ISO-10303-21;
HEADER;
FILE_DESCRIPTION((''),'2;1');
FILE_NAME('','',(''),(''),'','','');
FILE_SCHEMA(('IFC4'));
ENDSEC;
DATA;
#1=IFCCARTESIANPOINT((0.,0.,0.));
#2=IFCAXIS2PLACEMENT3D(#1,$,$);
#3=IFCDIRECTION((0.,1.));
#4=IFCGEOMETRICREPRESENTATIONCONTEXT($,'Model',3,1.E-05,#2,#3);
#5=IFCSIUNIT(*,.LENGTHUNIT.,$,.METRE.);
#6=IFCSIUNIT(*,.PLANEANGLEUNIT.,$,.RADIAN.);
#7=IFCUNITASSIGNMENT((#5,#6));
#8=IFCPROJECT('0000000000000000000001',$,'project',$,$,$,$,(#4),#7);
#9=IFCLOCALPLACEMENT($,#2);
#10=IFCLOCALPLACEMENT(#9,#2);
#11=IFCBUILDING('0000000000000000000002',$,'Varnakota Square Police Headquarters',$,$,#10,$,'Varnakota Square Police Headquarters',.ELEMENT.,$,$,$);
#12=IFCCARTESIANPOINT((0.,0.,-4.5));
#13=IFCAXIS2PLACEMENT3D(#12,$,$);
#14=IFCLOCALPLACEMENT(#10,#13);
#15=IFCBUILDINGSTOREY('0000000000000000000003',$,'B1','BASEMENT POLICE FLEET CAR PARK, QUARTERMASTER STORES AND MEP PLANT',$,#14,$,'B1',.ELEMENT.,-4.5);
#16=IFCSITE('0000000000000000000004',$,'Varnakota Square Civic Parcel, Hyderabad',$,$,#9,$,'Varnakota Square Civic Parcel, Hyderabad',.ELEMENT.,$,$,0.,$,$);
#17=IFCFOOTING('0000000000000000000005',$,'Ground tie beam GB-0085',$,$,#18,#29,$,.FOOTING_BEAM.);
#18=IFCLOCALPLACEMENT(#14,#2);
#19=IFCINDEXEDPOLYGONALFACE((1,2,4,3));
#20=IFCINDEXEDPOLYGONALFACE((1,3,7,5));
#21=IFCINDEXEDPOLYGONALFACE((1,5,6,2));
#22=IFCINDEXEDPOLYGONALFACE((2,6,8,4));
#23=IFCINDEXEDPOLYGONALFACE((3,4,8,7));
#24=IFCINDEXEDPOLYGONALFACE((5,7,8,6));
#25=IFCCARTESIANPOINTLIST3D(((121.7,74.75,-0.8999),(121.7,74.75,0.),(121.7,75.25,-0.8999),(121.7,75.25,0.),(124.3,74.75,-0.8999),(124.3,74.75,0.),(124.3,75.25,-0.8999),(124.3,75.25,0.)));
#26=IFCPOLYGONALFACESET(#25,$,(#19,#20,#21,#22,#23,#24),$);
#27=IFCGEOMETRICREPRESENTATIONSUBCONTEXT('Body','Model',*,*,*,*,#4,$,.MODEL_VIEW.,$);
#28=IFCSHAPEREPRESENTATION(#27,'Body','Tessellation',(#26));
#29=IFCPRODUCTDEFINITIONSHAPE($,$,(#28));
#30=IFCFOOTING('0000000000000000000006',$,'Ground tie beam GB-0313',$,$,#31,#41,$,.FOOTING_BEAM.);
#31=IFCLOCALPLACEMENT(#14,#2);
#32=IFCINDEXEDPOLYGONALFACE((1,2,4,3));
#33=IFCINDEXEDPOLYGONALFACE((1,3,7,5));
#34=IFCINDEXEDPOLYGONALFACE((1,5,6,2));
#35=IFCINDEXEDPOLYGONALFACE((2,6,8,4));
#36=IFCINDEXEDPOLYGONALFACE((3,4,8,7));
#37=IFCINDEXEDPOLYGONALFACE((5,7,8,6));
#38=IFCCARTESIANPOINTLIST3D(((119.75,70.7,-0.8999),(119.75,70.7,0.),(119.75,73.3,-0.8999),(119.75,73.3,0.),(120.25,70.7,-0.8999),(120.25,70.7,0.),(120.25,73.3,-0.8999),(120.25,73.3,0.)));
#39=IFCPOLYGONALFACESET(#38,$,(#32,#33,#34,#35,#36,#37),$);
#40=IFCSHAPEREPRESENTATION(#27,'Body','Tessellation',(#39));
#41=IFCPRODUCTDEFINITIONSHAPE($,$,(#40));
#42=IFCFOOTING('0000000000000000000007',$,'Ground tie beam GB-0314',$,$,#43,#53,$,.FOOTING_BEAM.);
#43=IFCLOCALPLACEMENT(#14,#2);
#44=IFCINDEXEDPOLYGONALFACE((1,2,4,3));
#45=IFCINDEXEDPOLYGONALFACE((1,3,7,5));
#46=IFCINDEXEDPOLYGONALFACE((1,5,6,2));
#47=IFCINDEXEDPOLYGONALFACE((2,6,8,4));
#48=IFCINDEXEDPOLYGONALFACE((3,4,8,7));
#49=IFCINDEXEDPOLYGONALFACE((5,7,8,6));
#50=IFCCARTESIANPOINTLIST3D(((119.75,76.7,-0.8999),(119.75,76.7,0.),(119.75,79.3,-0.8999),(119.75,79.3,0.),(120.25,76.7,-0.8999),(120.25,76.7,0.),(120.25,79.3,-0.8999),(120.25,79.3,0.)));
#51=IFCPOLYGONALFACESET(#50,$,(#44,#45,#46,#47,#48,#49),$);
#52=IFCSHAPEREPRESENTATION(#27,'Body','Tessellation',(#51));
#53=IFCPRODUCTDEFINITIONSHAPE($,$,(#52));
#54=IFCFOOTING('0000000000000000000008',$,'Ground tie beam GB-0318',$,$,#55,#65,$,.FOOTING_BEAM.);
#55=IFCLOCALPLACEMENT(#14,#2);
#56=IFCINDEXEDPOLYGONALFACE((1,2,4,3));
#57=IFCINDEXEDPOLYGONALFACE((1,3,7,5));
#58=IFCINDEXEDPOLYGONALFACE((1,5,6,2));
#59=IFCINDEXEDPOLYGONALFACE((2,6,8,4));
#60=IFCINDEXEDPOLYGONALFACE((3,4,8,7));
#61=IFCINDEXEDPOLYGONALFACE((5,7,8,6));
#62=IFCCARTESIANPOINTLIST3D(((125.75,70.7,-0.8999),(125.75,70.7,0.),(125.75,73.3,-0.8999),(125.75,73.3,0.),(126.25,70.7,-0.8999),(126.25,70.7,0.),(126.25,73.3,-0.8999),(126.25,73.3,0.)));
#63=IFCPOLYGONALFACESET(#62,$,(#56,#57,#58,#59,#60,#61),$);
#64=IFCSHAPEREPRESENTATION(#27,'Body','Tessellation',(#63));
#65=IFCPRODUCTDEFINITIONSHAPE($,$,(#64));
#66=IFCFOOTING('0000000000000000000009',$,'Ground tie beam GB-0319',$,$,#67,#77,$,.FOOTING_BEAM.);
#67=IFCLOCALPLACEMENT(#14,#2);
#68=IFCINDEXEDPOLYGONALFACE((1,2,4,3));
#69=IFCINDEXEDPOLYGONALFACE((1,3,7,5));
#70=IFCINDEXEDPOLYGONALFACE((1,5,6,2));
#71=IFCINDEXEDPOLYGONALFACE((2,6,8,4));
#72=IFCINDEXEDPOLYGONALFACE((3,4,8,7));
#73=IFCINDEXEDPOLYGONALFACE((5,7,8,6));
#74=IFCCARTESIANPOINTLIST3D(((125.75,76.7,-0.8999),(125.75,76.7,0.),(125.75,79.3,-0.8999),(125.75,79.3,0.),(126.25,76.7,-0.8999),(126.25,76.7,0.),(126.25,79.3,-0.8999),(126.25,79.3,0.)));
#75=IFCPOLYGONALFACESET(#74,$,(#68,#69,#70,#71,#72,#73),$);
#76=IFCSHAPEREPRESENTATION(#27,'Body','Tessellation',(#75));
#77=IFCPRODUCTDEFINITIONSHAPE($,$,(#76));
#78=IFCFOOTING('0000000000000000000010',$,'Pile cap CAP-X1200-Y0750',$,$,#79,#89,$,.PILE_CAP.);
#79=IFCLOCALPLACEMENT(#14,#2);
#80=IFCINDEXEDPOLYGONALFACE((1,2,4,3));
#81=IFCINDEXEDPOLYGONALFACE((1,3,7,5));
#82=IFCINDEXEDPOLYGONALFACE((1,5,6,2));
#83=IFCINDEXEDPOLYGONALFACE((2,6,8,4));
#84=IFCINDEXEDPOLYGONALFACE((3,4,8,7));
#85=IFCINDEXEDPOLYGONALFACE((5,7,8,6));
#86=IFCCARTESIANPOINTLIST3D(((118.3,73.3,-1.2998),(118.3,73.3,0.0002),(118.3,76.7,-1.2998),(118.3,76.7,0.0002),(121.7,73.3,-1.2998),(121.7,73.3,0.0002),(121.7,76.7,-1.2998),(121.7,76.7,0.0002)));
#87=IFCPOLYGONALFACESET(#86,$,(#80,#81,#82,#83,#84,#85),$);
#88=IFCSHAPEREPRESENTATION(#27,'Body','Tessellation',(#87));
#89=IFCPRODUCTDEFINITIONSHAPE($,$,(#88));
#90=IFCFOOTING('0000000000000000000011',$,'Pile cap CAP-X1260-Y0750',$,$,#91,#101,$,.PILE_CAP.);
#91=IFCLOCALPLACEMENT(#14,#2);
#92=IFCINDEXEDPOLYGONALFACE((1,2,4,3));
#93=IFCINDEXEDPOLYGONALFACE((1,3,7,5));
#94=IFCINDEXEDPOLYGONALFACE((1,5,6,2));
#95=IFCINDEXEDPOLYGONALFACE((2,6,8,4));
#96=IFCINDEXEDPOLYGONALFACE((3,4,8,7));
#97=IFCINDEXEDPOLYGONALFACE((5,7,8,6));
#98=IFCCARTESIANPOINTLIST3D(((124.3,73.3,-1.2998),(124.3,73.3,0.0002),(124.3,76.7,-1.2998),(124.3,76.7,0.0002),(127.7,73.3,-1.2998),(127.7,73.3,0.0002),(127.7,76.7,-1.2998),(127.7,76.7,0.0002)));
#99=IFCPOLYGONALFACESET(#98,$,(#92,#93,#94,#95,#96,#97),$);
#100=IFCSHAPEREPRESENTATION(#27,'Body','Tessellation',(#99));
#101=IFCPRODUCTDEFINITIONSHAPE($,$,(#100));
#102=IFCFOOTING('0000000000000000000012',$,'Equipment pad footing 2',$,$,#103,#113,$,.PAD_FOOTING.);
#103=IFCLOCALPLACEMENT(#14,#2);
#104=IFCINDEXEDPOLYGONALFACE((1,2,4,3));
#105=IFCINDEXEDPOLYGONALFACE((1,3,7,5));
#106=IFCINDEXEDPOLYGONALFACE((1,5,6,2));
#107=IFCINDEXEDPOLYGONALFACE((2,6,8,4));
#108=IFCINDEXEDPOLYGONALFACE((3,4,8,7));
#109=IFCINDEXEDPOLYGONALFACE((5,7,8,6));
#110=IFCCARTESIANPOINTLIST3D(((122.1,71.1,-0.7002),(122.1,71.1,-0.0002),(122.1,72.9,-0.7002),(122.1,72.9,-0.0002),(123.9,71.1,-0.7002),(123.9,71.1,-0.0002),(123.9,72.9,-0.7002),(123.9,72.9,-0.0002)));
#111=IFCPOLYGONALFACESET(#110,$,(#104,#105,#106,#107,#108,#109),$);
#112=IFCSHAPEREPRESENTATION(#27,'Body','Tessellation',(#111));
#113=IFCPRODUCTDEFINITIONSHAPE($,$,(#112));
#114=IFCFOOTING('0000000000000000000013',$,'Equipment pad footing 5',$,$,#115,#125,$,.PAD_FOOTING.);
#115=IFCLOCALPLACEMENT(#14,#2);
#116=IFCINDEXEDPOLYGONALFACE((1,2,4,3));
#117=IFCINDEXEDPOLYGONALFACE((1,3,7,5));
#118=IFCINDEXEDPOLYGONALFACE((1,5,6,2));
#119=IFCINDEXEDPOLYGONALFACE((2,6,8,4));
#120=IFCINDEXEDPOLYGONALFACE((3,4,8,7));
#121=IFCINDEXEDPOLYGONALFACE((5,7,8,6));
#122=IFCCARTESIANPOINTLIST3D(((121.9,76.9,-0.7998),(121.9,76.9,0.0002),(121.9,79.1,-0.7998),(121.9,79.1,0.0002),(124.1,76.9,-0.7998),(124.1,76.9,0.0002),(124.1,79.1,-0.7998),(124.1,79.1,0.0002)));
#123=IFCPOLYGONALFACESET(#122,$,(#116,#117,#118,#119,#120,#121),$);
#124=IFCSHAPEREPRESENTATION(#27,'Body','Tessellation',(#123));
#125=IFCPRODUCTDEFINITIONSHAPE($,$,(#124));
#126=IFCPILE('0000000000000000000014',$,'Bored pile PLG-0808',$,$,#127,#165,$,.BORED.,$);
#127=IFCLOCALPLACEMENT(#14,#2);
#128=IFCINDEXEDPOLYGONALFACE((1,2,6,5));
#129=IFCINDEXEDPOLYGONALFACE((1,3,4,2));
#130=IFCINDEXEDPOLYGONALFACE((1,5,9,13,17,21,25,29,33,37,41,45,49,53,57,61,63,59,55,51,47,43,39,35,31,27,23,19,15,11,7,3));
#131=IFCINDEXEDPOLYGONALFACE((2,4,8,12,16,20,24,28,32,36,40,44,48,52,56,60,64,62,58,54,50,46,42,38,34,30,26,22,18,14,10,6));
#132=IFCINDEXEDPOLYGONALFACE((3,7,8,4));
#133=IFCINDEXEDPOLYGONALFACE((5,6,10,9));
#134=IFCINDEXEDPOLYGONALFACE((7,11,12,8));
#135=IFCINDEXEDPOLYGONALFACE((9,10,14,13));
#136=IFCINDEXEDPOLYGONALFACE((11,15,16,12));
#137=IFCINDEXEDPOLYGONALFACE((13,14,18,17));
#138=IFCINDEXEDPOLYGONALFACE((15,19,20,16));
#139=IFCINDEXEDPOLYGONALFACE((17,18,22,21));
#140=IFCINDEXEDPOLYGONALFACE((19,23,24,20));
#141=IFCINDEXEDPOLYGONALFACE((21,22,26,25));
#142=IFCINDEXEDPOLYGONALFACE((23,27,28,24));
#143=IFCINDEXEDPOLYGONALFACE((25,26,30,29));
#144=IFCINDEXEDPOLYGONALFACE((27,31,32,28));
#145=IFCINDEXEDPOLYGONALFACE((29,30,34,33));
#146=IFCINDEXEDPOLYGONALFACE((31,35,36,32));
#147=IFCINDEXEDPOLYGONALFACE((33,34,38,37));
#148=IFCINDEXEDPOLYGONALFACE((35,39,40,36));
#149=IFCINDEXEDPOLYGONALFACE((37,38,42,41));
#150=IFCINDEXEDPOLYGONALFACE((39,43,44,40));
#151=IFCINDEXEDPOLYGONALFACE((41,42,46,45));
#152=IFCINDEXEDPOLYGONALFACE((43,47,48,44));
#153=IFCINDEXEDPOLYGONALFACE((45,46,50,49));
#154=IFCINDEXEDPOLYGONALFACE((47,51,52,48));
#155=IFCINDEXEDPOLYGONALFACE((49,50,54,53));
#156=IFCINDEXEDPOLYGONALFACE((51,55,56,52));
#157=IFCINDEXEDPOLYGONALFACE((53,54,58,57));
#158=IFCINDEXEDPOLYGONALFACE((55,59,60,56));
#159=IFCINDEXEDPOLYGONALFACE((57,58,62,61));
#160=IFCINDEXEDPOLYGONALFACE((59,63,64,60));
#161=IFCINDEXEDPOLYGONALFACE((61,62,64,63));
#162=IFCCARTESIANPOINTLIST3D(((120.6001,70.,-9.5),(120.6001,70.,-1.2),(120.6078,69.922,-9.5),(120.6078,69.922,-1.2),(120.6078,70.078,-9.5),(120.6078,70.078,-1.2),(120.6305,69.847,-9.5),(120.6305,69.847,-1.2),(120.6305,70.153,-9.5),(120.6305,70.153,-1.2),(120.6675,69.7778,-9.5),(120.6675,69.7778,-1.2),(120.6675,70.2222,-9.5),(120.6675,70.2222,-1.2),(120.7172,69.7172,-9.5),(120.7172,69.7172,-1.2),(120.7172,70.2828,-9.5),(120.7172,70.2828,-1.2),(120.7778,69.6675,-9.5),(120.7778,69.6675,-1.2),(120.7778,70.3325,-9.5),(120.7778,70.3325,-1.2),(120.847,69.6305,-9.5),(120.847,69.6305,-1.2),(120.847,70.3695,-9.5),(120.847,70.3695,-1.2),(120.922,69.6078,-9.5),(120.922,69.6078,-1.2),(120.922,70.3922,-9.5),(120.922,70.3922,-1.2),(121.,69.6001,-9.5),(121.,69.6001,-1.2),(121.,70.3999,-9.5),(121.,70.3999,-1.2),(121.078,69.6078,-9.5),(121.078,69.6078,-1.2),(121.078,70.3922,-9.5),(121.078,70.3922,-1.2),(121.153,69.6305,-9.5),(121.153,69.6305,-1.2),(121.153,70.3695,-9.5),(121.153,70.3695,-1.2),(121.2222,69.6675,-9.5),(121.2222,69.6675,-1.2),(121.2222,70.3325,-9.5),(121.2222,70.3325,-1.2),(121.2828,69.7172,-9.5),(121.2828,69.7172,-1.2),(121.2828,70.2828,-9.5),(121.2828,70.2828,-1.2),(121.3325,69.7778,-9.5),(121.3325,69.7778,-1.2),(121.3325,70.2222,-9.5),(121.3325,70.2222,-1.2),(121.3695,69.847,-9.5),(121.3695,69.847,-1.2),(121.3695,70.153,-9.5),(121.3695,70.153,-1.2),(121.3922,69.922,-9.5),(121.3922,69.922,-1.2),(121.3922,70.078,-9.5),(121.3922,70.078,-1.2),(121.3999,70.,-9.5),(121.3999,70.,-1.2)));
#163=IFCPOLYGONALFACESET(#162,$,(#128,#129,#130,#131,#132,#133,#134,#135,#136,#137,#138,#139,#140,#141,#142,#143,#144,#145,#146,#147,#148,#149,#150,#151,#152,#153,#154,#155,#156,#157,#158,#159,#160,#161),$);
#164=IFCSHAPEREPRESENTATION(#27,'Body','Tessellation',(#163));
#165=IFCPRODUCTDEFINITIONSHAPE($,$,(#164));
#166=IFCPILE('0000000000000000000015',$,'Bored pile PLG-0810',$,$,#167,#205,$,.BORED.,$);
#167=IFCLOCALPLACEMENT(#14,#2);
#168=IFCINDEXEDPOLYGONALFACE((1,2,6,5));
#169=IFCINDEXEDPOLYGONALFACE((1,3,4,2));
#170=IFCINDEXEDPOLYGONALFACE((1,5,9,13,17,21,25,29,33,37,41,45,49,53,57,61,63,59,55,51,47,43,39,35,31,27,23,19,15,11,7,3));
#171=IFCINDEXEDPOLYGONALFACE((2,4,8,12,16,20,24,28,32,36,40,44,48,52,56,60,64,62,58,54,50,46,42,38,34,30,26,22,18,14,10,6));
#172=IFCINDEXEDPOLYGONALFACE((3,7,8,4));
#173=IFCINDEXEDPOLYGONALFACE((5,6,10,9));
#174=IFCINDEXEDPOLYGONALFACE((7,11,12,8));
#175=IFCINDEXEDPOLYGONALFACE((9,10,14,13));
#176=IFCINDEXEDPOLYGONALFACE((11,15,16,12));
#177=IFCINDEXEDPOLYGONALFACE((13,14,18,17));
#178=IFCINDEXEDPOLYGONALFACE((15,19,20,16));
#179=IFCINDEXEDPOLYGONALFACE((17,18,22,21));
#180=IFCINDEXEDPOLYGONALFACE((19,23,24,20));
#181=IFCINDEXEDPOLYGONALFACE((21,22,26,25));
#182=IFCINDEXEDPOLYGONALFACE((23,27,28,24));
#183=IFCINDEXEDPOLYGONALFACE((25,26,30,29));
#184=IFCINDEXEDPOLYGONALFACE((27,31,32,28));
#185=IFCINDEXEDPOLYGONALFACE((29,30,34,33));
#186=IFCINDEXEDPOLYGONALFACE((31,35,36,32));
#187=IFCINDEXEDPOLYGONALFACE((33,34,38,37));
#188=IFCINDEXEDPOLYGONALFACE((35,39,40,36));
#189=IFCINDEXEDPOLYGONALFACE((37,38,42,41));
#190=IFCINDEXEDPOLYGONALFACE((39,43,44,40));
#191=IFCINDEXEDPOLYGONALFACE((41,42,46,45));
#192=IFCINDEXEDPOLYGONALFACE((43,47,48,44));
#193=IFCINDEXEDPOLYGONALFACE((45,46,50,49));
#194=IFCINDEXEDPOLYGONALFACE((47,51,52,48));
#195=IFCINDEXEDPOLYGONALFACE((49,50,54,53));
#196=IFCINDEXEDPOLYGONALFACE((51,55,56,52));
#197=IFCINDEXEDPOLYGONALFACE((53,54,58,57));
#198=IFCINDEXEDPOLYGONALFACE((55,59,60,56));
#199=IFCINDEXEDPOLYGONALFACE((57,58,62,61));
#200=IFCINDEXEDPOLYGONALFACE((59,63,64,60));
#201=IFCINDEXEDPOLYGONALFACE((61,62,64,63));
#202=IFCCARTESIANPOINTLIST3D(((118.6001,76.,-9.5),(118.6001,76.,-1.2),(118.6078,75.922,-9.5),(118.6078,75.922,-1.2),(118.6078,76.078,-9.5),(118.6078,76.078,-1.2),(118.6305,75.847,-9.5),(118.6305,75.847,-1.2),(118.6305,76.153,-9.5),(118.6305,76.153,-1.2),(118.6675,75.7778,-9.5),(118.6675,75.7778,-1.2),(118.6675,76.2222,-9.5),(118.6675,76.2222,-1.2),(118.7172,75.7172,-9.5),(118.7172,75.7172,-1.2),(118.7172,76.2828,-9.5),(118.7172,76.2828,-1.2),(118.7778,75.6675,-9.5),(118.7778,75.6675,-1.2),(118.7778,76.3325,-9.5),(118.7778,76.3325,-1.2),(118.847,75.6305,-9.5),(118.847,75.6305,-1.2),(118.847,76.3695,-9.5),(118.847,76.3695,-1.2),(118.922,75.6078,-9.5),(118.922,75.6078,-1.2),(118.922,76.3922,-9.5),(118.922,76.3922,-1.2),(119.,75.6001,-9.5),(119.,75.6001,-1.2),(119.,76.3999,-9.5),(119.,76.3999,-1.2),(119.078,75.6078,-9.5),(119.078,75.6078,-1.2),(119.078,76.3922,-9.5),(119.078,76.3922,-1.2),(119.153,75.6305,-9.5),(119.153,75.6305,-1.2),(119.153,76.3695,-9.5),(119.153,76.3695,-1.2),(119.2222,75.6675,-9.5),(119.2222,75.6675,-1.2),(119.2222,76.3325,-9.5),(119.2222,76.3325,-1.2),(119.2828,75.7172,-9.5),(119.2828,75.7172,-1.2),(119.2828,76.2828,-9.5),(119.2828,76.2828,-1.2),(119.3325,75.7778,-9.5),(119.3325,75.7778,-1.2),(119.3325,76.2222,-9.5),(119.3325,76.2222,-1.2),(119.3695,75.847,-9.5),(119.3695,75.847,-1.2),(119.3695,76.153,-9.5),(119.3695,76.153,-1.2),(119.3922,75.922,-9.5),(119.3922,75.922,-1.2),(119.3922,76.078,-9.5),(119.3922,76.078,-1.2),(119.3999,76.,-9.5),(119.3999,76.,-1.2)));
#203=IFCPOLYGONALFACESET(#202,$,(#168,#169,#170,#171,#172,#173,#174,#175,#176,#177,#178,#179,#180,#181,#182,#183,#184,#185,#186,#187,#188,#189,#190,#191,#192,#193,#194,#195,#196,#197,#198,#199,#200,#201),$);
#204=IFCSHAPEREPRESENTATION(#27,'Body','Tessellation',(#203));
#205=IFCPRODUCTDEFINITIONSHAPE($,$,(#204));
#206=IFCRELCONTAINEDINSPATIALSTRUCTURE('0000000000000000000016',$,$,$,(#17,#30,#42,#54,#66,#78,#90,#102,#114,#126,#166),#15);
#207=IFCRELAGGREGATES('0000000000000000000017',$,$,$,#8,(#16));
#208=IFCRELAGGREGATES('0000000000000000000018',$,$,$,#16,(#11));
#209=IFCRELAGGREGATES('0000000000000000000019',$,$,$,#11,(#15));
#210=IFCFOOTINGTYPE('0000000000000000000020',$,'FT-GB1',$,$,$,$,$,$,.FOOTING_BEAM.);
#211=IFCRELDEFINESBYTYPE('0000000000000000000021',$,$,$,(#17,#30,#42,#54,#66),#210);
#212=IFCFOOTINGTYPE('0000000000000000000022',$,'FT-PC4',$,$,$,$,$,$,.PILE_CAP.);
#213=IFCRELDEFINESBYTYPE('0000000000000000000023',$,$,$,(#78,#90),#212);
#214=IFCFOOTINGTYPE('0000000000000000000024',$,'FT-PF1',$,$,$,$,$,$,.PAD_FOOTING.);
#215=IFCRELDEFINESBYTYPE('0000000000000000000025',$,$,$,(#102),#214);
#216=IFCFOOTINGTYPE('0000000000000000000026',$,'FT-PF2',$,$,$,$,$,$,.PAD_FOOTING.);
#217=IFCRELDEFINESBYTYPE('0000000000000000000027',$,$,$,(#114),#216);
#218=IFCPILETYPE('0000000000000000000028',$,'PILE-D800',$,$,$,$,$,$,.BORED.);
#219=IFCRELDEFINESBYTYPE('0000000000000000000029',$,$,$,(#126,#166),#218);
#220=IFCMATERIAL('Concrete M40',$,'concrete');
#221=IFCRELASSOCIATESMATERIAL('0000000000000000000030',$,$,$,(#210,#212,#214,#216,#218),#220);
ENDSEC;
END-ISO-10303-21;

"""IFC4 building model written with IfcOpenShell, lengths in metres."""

from ifc_helpers import new_model, si_unit, direction, frame, origin, origin_2d, place, context, subcontext, project, spatial, rectangle, circle, extrude, material, material_profile, profile_set, type_object, element, save


model = new_model("IFC4")

# Units and contexts
model_context = context("Model", 3, precision=1e-05, world=origin(), true_north=direction((0.0, 1.0)))
body_context = subcontext(model_context, "Body", "Model", "MODEL_VIEW")
ifc_project = project(units=[si_unit("LENGTHUNIT", "METRE"), si_unit("PLANEANGLEUNIT", "RADIAN")], contexts=[model_context])

# Site, building, storey
site_placement = place(None, origin())
site = spatial("IfcSite", under=ifc_project, at=site_placement, Name="Varnakota Square Civic Parcel, Hyderabad", LongName="Varnakota Square Civic Parcel, Hyderabad", CompositionType="ELEMENT", RefElevation=0.0)
building_placement = place(site_placement, origin())
building = spatial("IfcBuilding", under=site, at=building_placement, Name="Varnakota Square Police Headquarters", LongName="Varnakota Square Police Headquarters", CompositionType="ELEMENT")
storey_placement = place(building_placement, frame((0.0, 0.0, -4.5)))
storey = spatial("IfcBuildingStorey", under=building, at=storey_placement, Name="B1", Description="BASEMENT POLICE FLEET CAR PARK, QUARTERMASTER STORES AND MEP PLANT", LongName="B1", CompositionType="ELEMENT", Elevation=-4.5)

# Footings
ifc_material_1 = material(Name="Concrete M40", Category="concrete")
ifc_material_profile_1 = material_profile(ifc_material_1, rectangle(XDim=0.5, YDim=0.8999, at=origin_2d()), Name="GB 500x900")
ifc_profile_set_1 = profile_set([ifc_material_profile_1], Name="Concrete M40")
footing_type_1 = type_object("IfcFootingType", Name="FT-GB1", PredefinedType="FOOTING_BEAM", material=ifc_profile_set_1)
for number, where, z_axis, x_axis, name in (
    (1, (121.7, 75.0, -0.45), (1.0, 0.0, 0.0), (0.0, 1.0, 0.0), "Ground tie beam GB-0085"),
    (2, (120.0, 70.7, -0.45), (0.0, 1.0, 0.0), (-1.0, 0.0, 0.0), "Ground tie beam GB-0313"),
    (3, (120.0, 76.7, -0.45), (0.0, 1.0, 0.0), (-1.0, 0.0, 0.0), "Ground tie beam GB-0314"),
    (4, (126.0, 70.7, -0.45), (0.0, 1.0, 0.0), (-1.0, 0.0, 0.0), "Ground tie beam GB-0318"),
    (5, (126.0, 76.7, -0.45), (0.0, 1.0, 0.0), (-1.0, 0.0, 0.0), "Ground tie beam GB-0319"),
):
    element("IfcFooting", number, at=place(storey_placement, frame(where, z_axis=z_axis, x_axis=x_axis)), inside=storey, type_object=footing_type_1, Name=name, PredefinedType="FOOTING_BEAM", context=body_context, shape_type="SweptSolid", body=[
        extrude(rectangle(XDim=0.5, YDim=0.8999, at=origin_2d()), origin(), (0.0, 0.0, 1.0), 2.6001),
    ])
footing_type_2 = type_object("IfcFootingType", Name="FT-PC4", PredefinedType="PILE_CAP", material=ifc_material_1)
for number, where, z_axis, x_axis, name in (
    (6, (120.0, 75.0, -1.2998), (0.0, 0.0, 1.0), (1.0, 0.0, 0.0), "Pile cap CAP-X1200-Y0750"),
    (7, (126.0, 75.0, -1.2998), (0.0, 0.0, 1.0), (1.0, 0.0, 0.0), "Pile cap CAP-X1260-Y0750"),
):
    element("IfcFooting", number, at=place(storey_placement, frame(where, z_axis=z_axis, x_axis=x_axis)), inside=storey, type_object=footing_type_2, Name=name, PredefinedType="PILE_CAP", context=body_context, shape_type="SweptSolid", body=[
        extrude(rectangle(XDim=3.3999, YDim=3.3999, at=origin_2d()), origin(), (0.0, 0.0, 1.0), 1.3),
    ])
footing_type_3 = type_object("IfcFootingType", Name="FT-PF1", PredefinedType="PAD_FOOTING", material=ifc_material_1)
footing_1_placement = place(storey_placement, frame((123.0, 72.0, -0.7002), z_axis=(0.0, 0.0, 1.0), x_axis=(1.0, 0.0, 0.0)))
element("IfcFooting", 8, at=footing_1_placement, inside=storey, type_object=footing_type_3, Name="Equipment pad footing 2", PredefinedType="PAD_FOOTING", context=body_context, shape_type="SweptSolid", body=[
    extrude(rectangle(XDim=1.8, YDim=1.8, at=origin_2d()), origin(), (0.0, 0.0, 1.0), 0.7),
])
footing_type_4 = type_object("IfcFootingType", Name="FT-PF2", PredefinedType="PAD_FOOTING", material=ifc_material_1)
footing_2_placement = place(storey_placement, frame((123.0, 78.0, -0.7998), z_axis=(0.0, 0.0, 1.0), x_axis=(1.0, 0.0, 0.0)))
element("IfcFooting", 9, at=footing_2_placement, inside=storey, type_object=footing_type_4, Name="Equipment pad footing 5", PredefinedType="PAD_FOOTING", context=body_context, shape_type="SweptSolid", body=[
    extrude(rectangle(XDim=2.2, YDim=2.2, at=origin_2d()), origin(), (0.0, 0.0, 1.0), 0.8),
])

# Piles
ifc_material_profile_2 = material_profile(ifc_material_1, circle(Radius=0.3999, at=origin_2d()), Name="BORED PILE 800")
ifc_profile_set_2 = profile_set([ifc_material_profile_2], Name="Concrete M40")
pile_type = type_object("IfcPileType", Name="PILE-D800", PredefinedType="BORED", material=ifc_profile_set_2)
for number, where, z_axis, x_axis, name in (
    (10, (121.0, 70.0, -1.2), (0.0, 0.0, -1.0), (1.0, 0.0, 0.0), "Bored pile PLG-0808"),
    (11, (119.0, 76.0, -1.2), (0.0, 0.0, -1.0), (1.0, 0.0, 0.0), "Bored pile PLG-0810"),
):
    element("IfcPile", number, at=place(storey_placement, frame(where, z_axis=z_axis, x_axis=x_axis)), inside=storey, type_object=pile_type, Name=name, PredefinedType="BORED", context=body_context, shape_type="SweptSolid", body=[
        extrude(circle(Radius=0.3999, at=origin_2d()), origin(), (0.0, 0.0, 1.0), 8.3),
    ])

save(model, "model.ifc")
